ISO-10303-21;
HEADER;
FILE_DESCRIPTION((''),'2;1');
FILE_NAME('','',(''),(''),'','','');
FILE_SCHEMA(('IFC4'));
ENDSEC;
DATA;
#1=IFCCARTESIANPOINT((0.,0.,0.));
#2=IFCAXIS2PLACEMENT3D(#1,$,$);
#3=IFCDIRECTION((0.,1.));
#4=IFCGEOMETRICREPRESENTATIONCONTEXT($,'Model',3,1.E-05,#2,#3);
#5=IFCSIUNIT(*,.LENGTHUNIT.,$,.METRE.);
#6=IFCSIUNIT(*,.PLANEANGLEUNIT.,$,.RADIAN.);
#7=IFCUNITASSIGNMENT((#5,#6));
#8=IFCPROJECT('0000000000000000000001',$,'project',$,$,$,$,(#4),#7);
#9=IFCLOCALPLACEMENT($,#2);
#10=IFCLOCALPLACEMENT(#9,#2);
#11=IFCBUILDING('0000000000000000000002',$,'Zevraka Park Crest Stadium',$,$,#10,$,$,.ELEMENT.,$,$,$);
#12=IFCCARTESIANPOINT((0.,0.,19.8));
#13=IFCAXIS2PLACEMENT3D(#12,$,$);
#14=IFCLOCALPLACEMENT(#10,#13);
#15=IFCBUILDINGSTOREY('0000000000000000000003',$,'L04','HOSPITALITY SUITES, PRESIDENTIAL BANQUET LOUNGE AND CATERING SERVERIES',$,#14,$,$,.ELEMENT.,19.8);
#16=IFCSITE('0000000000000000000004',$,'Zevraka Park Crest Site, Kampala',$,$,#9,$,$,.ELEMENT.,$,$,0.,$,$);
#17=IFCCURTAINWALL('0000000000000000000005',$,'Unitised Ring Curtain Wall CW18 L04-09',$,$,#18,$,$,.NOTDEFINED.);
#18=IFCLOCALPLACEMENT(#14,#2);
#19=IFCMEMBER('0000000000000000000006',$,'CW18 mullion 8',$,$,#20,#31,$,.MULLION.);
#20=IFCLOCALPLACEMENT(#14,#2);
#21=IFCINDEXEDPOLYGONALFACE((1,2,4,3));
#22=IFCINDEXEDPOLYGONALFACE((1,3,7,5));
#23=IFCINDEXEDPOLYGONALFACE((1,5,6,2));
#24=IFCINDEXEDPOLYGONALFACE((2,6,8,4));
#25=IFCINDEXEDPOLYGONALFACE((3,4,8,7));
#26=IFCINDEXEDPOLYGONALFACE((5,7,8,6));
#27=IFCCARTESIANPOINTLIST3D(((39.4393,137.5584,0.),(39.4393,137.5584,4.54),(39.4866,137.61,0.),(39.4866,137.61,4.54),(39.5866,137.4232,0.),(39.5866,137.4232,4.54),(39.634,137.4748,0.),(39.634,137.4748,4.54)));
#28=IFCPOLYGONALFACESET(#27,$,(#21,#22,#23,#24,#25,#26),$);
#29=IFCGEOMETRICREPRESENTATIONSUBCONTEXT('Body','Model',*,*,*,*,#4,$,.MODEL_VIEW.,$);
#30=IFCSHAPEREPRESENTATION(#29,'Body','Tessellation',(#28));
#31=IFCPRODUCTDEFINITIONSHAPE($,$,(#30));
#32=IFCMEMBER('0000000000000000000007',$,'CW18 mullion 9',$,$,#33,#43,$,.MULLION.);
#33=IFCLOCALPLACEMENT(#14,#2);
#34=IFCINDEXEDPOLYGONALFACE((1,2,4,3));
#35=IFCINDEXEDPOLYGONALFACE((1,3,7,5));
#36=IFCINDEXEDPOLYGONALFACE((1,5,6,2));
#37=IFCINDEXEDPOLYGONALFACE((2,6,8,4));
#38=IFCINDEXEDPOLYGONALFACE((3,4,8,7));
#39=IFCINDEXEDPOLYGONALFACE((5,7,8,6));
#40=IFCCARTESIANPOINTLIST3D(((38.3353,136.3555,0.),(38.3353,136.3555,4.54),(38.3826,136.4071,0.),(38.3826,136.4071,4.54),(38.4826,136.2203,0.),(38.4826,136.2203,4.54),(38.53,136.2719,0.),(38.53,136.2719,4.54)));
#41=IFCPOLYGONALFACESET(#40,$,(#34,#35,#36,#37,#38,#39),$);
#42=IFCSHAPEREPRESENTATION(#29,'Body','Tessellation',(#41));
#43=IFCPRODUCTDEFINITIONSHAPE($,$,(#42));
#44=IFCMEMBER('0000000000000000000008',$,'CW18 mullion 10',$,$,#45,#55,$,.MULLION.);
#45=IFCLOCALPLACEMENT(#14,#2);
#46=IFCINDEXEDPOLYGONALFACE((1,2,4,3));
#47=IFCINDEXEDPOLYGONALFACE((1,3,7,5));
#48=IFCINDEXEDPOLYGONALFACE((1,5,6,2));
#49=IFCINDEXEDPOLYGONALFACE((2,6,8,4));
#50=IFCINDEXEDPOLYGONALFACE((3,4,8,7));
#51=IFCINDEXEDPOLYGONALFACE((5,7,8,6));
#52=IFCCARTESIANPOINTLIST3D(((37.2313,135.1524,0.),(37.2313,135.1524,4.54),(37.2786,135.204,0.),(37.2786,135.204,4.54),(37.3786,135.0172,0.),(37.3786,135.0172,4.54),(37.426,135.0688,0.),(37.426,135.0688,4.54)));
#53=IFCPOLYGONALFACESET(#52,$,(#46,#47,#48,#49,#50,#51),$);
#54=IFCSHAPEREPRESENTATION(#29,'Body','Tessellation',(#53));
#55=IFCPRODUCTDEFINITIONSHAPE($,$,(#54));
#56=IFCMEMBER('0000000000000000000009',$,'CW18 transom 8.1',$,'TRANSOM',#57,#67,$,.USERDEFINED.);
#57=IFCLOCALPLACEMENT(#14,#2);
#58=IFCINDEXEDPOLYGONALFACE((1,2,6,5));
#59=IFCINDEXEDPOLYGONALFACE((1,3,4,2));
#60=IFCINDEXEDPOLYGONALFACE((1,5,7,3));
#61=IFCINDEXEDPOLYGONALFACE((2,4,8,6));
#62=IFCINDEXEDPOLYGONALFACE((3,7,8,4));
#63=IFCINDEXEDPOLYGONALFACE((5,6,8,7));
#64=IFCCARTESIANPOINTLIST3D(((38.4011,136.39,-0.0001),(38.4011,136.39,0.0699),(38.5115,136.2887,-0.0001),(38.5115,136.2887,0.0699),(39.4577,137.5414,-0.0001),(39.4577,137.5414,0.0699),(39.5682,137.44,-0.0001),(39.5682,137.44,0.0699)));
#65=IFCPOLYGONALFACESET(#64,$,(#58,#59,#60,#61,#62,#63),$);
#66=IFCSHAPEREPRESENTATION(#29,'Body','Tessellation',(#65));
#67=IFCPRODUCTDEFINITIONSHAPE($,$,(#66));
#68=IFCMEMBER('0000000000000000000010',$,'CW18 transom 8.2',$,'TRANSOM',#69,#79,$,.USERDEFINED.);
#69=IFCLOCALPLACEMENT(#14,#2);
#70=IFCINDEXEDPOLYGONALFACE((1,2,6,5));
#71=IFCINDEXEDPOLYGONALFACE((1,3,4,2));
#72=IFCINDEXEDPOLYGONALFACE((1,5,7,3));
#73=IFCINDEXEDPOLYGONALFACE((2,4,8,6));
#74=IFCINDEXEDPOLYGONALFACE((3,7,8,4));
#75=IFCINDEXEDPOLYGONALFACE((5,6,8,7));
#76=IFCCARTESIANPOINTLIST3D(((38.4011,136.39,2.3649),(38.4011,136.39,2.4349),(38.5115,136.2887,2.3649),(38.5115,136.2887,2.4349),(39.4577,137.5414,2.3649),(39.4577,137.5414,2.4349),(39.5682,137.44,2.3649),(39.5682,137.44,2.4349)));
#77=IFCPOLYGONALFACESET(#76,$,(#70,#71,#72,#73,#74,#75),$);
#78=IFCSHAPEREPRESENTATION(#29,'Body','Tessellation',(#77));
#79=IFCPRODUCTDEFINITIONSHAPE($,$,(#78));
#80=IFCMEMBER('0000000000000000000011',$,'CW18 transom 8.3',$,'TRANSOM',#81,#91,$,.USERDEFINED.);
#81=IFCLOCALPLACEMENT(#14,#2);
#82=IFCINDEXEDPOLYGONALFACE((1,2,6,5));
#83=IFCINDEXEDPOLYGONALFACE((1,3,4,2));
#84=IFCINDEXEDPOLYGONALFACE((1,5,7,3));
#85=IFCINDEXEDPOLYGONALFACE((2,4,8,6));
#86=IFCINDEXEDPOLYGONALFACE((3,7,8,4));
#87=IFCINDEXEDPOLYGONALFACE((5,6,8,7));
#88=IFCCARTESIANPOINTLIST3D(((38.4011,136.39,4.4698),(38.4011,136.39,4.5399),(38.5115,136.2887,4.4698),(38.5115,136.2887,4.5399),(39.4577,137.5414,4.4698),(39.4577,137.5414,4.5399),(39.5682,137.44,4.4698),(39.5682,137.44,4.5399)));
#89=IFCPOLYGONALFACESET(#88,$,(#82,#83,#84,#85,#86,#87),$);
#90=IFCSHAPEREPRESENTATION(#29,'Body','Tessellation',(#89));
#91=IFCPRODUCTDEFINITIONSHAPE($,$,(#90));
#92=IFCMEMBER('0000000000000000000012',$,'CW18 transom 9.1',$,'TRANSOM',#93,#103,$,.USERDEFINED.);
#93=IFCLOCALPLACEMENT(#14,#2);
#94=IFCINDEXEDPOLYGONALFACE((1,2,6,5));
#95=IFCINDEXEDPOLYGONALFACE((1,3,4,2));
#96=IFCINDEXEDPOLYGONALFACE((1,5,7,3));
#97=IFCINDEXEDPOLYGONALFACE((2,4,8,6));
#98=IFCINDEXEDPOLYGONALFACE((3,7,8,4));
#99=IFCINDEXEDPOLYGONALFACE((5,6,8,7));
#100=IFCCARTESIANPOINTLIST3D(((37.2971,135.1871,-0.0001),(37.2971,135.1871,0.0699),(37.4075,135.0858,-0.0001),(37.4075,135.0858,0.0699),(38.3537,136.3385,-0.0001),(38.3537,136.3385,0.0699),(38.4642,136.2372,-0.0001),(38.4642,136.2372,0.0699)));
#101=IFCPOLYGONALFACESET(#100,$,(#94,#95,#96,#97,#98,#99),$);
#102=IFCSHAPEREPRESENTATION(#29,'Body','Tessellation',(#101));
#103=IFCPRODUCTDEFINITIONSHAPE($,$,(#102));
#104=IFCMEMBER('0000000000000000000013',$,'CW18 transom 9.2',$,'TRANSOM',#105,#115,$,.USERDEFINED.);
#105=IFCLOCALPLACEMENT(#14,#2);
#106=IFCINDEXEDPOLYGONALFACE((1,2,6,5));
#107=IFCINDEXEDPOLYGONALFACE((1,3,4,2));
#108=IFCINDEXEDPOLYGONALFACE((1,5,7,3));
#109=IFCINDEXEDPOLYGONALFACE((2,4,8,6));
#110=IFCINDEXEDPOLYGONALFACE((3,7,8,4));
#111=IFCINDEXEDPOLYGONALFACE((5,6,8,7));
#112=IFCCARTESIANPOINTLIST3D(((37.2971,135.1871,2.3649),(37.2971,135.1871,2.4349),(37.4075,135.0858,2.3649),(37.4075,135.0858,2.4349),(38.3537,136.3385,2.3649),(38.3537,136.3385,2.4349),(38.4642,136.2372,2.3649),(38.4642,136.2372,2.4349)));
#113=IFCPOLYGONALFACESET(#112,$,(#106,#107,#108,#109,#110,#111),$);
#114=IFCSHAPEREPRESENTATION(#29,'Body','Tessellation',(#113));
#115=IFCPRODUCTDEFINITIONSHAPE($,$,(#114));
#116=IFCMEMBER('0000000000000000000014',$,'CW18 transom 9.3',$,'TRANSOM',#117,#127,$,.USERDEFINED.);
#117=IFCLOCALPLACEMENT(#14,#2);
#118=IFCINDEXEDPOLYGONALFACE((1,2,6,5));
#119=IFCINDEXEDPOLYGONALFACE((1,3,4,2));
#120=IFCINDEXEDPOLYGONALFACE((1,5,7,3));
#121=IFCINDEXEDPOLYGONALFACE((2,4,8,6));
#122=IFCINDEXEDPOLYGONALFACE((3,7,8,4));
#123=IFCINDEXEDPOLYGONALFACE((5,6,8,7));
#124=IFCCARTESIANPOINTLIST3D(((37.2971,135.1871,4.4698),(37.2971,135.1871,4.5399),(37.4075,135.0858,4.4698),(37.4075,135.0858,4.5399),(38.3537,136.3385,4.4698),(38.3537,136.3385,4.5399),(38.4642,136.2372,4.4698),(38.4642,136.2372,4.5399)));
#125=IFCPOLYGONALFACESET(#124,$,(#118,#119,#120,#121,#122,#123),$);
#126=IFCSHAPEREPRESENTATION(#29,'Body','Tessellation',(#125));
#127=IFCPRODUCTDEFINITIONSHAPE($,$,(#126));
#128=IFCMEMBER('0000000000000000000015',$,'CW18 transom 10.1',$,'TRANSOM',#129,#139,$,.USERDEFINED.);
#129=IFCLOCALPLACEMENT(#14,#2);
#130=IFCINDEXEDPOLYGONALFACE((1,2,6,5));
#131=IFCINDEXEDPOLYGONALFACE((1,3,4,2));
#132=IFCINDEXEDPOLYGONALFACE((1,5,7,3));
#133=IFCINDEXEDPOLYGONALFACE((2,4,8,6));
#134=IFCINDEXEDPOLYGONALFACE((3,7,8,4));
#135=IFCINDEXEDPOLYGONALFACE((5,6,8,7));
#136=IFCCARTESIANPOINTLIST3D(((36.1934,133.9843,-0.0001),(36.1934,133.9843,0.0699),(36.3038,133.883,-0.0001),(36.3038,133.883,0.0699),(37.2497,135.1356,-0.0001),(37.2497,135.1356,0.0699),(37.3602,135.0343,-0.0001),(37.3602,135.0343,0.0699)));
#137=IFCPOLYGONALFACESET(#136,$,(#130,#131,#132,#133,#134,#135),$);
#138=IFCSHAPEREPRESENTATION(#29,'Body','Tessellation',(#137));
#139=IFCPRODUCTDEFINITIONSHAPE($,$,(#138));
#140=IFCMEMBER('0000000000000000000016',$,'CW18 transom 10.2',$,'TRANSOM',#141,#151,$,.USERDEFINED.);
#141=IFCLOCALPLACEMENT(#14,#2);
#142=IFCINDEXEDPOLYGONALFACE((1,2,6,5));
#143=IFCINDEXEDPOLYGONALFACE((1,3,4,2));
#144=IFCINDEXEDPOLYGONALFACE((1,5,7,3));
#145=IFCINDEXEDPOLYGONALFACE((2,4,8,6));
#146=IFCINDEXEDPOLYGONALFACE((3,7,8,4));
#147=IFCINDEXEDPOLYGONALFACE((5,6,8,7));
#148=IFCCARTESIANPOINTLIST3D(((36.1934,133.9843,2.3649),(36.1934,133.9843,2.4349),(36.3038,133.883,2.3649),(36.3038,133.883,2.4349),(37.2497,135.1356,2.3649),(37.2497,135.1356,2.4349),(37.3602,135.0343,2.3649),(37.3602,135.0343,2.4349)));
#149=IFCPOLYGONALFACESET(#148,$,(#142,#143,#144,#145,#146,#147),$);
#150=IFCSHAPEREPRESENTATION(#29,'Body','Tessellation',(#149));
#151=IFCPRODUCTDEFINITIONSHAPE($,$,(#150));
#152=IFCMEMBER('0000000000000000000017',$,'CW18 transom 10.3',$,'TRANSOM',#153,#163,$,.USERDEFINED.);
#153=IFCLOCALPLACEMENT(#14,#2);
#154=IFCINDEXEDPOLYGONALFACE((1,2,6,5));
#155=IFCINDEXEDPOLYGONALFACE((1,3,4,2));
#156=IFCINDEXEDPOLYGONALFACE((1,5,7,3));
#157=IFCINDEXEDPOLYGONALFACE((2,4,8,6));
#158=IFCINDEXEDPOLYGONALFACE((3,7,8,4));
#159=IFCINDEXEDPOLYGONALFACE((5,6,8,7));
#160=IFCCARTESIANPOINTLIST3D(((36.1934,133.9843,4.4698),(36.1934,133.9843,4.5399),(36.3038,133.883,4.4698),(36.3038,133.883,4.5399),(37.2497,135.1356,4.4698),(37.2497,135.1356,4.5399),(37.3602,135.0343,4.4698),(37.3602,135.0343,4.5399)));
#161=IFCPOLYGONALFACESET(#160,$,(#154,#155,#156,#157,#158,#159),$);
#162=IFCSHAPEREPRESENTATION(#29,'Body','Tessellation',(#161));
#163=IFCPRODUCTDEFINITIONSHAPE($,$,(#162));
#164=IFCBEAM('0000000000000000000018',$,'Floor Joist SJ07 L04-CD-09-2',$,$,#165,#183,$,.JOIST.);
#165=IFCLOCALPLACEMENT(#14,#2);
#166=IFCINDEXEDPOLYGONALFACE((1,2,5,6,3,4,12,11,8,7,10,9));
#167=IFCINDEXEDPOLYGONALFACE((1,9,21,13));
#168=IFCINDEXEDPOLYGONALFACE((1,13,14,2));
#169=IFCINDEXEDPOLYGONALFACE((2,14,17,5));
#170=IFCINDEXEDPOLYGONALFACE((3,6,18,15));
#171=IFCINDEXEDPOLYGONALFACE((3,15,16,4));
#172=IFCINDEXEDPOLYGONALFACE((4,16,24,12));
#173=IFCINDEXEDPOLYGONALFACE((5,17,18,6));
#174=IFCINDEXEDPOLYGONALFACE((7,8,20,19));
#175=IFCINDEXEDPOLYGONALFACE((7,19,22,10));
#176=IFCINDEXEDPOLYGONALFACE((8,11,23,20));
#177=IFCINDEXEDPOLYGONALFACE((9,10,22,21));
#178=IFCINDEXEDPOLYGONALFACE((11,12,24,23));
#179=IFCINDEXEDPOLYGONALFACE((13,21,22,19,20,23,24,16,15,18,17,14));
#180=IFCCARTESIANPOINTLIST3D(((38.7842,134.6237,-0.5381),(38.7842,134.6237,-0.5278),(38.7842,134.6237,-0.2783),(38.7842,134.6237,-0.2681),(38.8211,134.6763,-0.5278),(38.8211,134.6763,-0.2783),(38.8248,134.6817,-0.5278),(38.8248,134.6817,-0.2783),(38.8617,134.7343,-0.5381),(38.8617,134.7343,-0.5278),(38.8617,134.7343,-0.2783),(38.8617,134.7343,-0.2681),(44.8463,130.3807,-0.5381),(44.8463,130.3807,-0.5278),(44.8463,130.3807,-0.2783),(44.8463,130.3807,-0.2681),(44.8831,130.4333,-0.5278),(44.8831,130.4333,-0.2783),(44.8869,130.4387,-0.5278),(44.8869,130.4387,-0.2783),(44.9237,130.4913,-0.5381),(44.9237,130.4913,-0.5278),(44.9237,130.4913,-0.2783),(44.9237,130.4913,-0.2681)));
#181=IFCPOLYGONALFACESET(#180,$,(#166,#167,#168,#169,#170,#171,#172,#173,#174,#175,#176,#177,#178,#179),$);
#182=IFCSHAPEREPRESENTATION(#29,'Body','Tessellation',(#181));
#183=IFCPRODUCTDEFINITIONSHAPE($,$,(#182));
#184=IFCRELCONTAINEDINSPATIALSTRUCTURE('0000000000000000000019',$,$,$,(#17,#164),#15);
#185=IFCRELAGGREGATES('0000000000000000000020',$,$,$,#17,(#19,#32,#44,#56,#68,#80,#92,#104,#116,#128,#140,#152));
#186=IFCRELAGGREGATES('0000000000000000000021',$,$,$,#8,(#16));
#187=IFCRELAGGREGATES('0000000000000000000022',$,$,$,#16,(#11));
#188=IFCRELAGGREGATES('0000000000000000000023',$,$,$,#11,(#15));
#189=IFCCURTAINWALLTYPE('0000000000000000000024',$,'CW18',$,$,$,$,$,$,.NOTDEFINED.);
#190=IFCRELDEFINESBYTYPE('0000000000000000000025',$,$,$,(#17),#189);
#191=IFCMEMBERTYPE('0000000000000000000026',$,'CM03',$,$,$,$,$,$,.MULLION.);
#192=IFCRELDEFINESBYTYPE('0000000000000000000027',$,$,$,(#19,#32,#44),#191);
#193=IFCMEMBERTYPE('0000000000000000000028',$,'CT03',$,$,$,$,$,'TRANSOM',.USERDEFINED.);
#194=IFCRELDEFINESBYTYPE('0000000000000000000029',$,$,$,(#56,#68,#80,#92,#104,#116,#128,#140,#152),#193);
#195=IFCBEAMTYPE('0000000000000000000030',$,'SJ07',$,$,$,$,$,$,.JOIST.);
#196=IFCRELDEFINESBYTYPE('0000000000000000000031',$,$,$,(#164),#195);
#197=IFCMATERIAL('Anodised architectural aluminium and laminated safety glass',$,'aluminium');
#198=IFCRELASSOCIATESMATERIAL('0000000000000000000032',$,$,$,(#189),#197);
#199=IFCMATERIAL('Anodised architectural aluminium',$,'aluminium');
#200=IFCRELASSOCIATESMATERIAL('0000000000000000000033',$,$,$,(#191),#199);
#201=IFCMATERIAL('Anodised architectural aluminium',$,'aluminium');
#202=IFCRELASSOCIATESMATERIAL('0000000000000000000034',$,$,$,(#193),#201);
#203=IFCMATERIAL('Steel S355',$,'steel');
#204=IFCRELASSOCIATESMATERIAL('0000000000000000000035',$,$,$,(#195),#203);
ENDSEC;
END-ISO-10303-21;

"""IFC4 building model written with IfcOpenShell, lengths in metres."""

from ifc_helpers import new_model, si_unit, direction, frame, origin, origin_2d, place, context, subcontext, project, spatial, rectangle, i_section, extrude, material, material_profile, profile_set, type_object, element, aggregate, save


model = new_model("IFC4")

# Units and contexts
model_context = context("Model", 3, precision=1e-05, world=origin(), true_north=direction((0.0, 1.0)))
body_context = subcontext(model_context, "Body", "Model", "MODEL_VIEW")
ifc_project = project(units=[si_unit("LENGTHUNIT", "METRE"), si_unit("PLANEANGLEUNIT", "RADIAN")], contexts=[model_context])

# Site, building, storey
site_placement = place(None, origin())
site = spatial("IfcSite", under=ifc_project, at=site_placement, Name="Zevraka Park Crest Site, Kampala", CompositionType="ELEMENT", RefElevation=0.0)
building_placement = place(site_placement, origin())
building = spatial("IfcBuilding", under=site, at=building_placement, Name="Zevraka Park Crest Stadium", CompositionType="ELEMENT")
storey_placement = place(building_placement, frame((0.0, 0.0, 19.8)))
storey = spatial("IfcBuildingStorey", under=building, at=storey_placement, Name="L04", Description="HOSPITALITY SUITES, PRESIDENTIAL BANQUET LOUNGE AND CATERING SERVERIES", CompositionType="ELEMENT", Elevation=19.8)

# Curtain wall, members
ifc_material_1 = material(Name="Anodised architectural aluminium and laminated safety glass", Category="aluminium")
curtain_wall_type = type_object("IfcCurtainWallType", Name="CW18", PredefinedType="NOTDEFINED", material=ifc_material_1)
curtain_wall_placement = place(storey_placement, origin())
curtain_wall = element("IfcCurtainWall", 1, at=curtain_wall_placement, inside=storey, type_object=curtain_wall_type, Name="Unitised Ring Curtain Wall CW18 L04-09", PredefinedType="NOTDEFINED")
ifc_material_2 = material(Name="Anodised architectural aluminium", Category="aluminium")
ifc_material_profile_1 = material_profile(ifc_material_2, rectangle(XDim=0.2, YDim=0.0701, at=origin_2d()), Name="ALU MULLION 200x70")
ifc_profile_set_1 = profile_set([ifc_material_profile_1], Name="Anodised architectural aluminium")
member_type_1 = type_object("IfcMemberType", Name="CM03", PredefinedType="MULLION", material=ifc_profile_set_1)
member_1_placement = place(storey_placement, frame((39.5366, 137.5166, 0.0), z_axis=(0.0, 0.0, 1.0), x_axis=(0.736775, -0.676138, 0.0)))
member_1 = element("IfcMember", 2, at=member_1_placement, type_object=member_type_1, Name="CW18 mullion 8", PredefinedType="MULLION", context=body_context, shape_type="SweptSolid", body=[
    extrude(rectangle(XDim=0.2, YDim=0.0701, at=origin_2d()), origin(), (0.0, 0.0, 1.0), 4.54),
])
member_2_placement = place(storey_placement, frame((38.4326, 136.3137, 0.0), z_axis=(0.0, 0.0, 1.0), x_axis=(0.736775, -0.676138, 0.0)))
member_2 = element("IfcMember", 3, at=member_2_placement, type_object=member_type_1, Name="CW18 mullion 9", PredefinedType="MULLION", context=body_context, shape_type="SweptSolid", body=[
    extrude(rectangle(XDim=0.2, YDim=0.0701, at=origin_2d()), origin(), (0.0, 0.0, 1.0), 4.54),
])
member_3_placement = place(storey_placement, frame((37.3286, 135.1106, 0.0), z_axis=(0.0, 0.0, 1.0), x_axis=(0.736775, -0.676138, 0.0)))
member_3 = element("IfcMember", 4, at=member_3_placement, type_object=member_type_1, Name="CW18 mullion 10", PredefinedType="MULLION", context=body_context, shape_type="SweptSolid", body=[
    extrude(rectangle(XDim=0.2, YDim=0.0701, at=origin_2d()), origin(), (0.0, 0.0, 1.0), 4.54),
])
ifc_material_3 = material(Name="Anodised architectural aluminium", Category="aluminium")
ifc_material_profile_2 = material_profile(ifc_material_3, rectangle(XDim=0.1499, YDim=0.0701, at=origin_2d()), Name="ALU TRANSOM 150x70")
ifc_profile_set_2 = profile_set([ifc_material_profile_2], Name="Anodised architectural aluminium")
member_type_2 = type_object("IfcMemberType", Name="CT03", ElementType="TRANSOM", PredefinedType="USERDEFINED", material=ifc_profile_set_2)
member_4_placement = place(storey_placement, frame((39.5129, 137.4907, 0.0349), z_axis=(-0.676149, -0.736765, 0.0), x_axis=(0.736765, -0.676149, 0.0)))
member_4 = element("IfcMember", 5, at=member_4_placement, type_object=member_type_2, Name="CW18 transom 8.1", ObjectType="TRANSOM", PredefinedType="USERDEFINED", context=body_context, shape_type="SweptSolid", body=[
    extrude(rectangle(XDim=0.1499, YDim=0.0701, at=origin_2d()), origin(), (0.0, 0.0, 1.0), 1.5627),
])
member_5_placement = place(storey_placement, frame((39.5129, 137.4907, 2.3999), z_axis=(-0.676149, -0.736765, 0.0), x_axis=(0.736765, -0.676149, 0.0)))
member_5 = element("IfcMember", 6, at=member_5_placement, type_object=member_type_2, Name="CW18 transom 8.2", ObjectType="TRANSOM", PredefinedType="USERDEFINED", context=body_context, shape_type="SweptSolid", body=[
    extrude(rectangle(XDim=0.1499, YDim=0.0701, at=origin_2d()), origin(), (0.0, 0.0, 1.0), 1.5627),
])
member_6_placement = place(storey_placement, frame((39.5129, 137.4907, 4.5049), z_axis=(-0.676149, -0.736765, 0.0), x_axis=(0.736765, -0.676149, 0.0)))
member_6 = element("IfcMember", 7, at=member_6_placement, type_object=member_type_2, Name="CW18 transom 8.3", ObjectType="TRANSOM", PredefinedType="USERDEFINED", context=body_context, shape_type="SweptSolid", body=[
    extrude(rectangle(XDim=0.1499, YDim=0.0701, at=origin_2d()), origin(), (0.0, 0.0, 1.0), 1.5627),
])
member_7_placement = place(storey_placement, frame((38.4089, 136.2878, 0.0349), z_axis=(-0.676149, -0.736765, 0.0), x_axis=(0.736765, -0.676149, 0.0)))
member_7 = element("IfcMember", 8, at=member_7_placement, type_object=member_type_2, Name="CW18 transom 9.1", ObjectType="TRANSOM", PredefinedType="USERDEFINED", context=body_context, shape_type="SweptSolid", body=[
    extrude(rectangle(XDim=0.1499, YDim=0.0701, at=origin_2d()), origin(), (0.0, 0.0, 1.0), 1.5627),
])
member_8_placement = place(storey_placement, frame((38.4089, 136.2878, 2.3999), z_axis=(-0.676149, -0.736765, 0.0), x_axis=(0.736765, -0.676149, 0.0)))
member_8 = element("IfcMember", 9, at=member_8_placement, type_object=member_type_2, Name="CW18 transom 9.2", ObjectType="TRANSOM", PredefinedType="USERDEFINED", context=body_context, shape_type="SweptSolid", body=[
    extrude(rectangle(XDim=0.1499, YDim=0.0701, at=origin_2d()), origin(), (0.0, 0.0, 1.0), 1.5627),
])
member_9_placement = place(storey_placement, frame((38.4089, 136.2878, 4.5049), z_axis=(-0.676149, -0.736765, 0.0), x_axis=(0.736765, -0.676149, 0.0)))
member_9 = element("IfcMember", 10, at=member_9_placement, type_object=member_type_2, Name="CW18 transom 9.3", ObjectType="TRANSOM", PredefinedType="USERDEFINED", context=body_context, shape_type="SweptSolid", body=[
    extrude(rectangle(XDim=0.1499, YDim=0.0701, at=origin_2d()), origin(), (0.0, 0.0, 1.0), 1.5627),
])
member_10_placement = place(storey_placement, frame((37.3049, 135.085, 0.0349), z_axis=(-0.676064, -0.736843, 0.0), x_axis=(0.736843, -0.676064, 0.0)))
member_10 = element("IfcMember", 11, at=member_10_placement, type_object=member_type_2, Name="CW18 transom 10.1", ObjectType="TRANSOM", PredefinedType="USERDEFINED", context=body_context, shape_type="SweptSolid", body=[
    extrude(rectangle(XDim=0.1499, YDim=0.0701, at=origin_2d()), origin(), (0.0, 0.0, 1.0), 1.5625),
])
member_11_placement = place(storey_placement, frame((37.3049, 135.085, 2.3999), z_axis=(-0.676064, -0.736843, 0.0), x_axis=(0.736843, -0.676064, 0.0)))
member_11 = element("IfcMember", 12, at=member_11_placement, type_object=member_type_2, Name="CW18 transom 10.2", ObjectType="TRANSOM", PredefinedType="USERDEFINED", context=body_context, shape_type="SweptSolid", body=[
    extrude(rectangle(XDim=0.1499, YDim=0.0701, at=origin_2d()), origin(), (0.0, 0.0, 1.0), 1.5625),
])
member_12_placement = place(storey_placement, frame((37.3049, 135.085, 4.5049), z_axis=(-0.676064, -0.736843, 0.0), x_axis=(0.736843, -0.676064, 0.0)))
member_12 = element("IfcMember", 13, at=member_12_placement, type_object=member_type_2, Name="CW18 transom 10.3", ObjectType="TRANSOM", PredefinedType="USERDEFINED", context=body_context, shape_type="SweptSolid", body=[
    extrude(rectangle(XDim=0.1499, YDim=0.0701, at=origin_2d()), origin(), (0.0, 0.0, 1.0), 1.5625),
])

# Beam
ifc_material_4 = material(Name="Steel S355", Category="steel")
ifc_material_profile_3 = material_profile(ifc_material_4, i_section(OverallWidth=0.135, OverallDepth=0.27, WebThickness=0.0066, FlangeThickness=0.0103, at=origin_2d()), Name="IPE 270")
ifc_profile_set_3 = profile_set([ifc_material_profile_3], Name="Steel S355")
beam_type = type_object("IfcBeamType", Name="SJ07", PredefinedType="JOIST", material=ifc_profile_set_3)
beam_placement = place(storey_placement, frame((44.885, 130.436, -0.4031), z_axis=(-0.819263, 0.573418, 0.0), x_axis=(-0.573418, -0.819263, 0.0)))
element("IfcBeam", 14, at=beam_placement, inside=storey, type_object=beam_type, Name="Floor Joist SJ07 L04-CD-09-2", PredefinedType="JOIST", context=body_context, shape_type="SweptSolid", body=[
    extrude(i_section(OverallWidth=0.135, OverallDepth=0.27, WebThickness=0.0066, FlangeThickness=0.0103, at=origin_2d()), origin(), (0.0, 0.0, 1.0), 7.3994),
])

aggregate(curtain_wall, [member_1, member_2, member_3, member_4, member_5, member_6, member_7, member_8, member_9, member_10, member_11, member_12])

save(model, "model.ifc")
